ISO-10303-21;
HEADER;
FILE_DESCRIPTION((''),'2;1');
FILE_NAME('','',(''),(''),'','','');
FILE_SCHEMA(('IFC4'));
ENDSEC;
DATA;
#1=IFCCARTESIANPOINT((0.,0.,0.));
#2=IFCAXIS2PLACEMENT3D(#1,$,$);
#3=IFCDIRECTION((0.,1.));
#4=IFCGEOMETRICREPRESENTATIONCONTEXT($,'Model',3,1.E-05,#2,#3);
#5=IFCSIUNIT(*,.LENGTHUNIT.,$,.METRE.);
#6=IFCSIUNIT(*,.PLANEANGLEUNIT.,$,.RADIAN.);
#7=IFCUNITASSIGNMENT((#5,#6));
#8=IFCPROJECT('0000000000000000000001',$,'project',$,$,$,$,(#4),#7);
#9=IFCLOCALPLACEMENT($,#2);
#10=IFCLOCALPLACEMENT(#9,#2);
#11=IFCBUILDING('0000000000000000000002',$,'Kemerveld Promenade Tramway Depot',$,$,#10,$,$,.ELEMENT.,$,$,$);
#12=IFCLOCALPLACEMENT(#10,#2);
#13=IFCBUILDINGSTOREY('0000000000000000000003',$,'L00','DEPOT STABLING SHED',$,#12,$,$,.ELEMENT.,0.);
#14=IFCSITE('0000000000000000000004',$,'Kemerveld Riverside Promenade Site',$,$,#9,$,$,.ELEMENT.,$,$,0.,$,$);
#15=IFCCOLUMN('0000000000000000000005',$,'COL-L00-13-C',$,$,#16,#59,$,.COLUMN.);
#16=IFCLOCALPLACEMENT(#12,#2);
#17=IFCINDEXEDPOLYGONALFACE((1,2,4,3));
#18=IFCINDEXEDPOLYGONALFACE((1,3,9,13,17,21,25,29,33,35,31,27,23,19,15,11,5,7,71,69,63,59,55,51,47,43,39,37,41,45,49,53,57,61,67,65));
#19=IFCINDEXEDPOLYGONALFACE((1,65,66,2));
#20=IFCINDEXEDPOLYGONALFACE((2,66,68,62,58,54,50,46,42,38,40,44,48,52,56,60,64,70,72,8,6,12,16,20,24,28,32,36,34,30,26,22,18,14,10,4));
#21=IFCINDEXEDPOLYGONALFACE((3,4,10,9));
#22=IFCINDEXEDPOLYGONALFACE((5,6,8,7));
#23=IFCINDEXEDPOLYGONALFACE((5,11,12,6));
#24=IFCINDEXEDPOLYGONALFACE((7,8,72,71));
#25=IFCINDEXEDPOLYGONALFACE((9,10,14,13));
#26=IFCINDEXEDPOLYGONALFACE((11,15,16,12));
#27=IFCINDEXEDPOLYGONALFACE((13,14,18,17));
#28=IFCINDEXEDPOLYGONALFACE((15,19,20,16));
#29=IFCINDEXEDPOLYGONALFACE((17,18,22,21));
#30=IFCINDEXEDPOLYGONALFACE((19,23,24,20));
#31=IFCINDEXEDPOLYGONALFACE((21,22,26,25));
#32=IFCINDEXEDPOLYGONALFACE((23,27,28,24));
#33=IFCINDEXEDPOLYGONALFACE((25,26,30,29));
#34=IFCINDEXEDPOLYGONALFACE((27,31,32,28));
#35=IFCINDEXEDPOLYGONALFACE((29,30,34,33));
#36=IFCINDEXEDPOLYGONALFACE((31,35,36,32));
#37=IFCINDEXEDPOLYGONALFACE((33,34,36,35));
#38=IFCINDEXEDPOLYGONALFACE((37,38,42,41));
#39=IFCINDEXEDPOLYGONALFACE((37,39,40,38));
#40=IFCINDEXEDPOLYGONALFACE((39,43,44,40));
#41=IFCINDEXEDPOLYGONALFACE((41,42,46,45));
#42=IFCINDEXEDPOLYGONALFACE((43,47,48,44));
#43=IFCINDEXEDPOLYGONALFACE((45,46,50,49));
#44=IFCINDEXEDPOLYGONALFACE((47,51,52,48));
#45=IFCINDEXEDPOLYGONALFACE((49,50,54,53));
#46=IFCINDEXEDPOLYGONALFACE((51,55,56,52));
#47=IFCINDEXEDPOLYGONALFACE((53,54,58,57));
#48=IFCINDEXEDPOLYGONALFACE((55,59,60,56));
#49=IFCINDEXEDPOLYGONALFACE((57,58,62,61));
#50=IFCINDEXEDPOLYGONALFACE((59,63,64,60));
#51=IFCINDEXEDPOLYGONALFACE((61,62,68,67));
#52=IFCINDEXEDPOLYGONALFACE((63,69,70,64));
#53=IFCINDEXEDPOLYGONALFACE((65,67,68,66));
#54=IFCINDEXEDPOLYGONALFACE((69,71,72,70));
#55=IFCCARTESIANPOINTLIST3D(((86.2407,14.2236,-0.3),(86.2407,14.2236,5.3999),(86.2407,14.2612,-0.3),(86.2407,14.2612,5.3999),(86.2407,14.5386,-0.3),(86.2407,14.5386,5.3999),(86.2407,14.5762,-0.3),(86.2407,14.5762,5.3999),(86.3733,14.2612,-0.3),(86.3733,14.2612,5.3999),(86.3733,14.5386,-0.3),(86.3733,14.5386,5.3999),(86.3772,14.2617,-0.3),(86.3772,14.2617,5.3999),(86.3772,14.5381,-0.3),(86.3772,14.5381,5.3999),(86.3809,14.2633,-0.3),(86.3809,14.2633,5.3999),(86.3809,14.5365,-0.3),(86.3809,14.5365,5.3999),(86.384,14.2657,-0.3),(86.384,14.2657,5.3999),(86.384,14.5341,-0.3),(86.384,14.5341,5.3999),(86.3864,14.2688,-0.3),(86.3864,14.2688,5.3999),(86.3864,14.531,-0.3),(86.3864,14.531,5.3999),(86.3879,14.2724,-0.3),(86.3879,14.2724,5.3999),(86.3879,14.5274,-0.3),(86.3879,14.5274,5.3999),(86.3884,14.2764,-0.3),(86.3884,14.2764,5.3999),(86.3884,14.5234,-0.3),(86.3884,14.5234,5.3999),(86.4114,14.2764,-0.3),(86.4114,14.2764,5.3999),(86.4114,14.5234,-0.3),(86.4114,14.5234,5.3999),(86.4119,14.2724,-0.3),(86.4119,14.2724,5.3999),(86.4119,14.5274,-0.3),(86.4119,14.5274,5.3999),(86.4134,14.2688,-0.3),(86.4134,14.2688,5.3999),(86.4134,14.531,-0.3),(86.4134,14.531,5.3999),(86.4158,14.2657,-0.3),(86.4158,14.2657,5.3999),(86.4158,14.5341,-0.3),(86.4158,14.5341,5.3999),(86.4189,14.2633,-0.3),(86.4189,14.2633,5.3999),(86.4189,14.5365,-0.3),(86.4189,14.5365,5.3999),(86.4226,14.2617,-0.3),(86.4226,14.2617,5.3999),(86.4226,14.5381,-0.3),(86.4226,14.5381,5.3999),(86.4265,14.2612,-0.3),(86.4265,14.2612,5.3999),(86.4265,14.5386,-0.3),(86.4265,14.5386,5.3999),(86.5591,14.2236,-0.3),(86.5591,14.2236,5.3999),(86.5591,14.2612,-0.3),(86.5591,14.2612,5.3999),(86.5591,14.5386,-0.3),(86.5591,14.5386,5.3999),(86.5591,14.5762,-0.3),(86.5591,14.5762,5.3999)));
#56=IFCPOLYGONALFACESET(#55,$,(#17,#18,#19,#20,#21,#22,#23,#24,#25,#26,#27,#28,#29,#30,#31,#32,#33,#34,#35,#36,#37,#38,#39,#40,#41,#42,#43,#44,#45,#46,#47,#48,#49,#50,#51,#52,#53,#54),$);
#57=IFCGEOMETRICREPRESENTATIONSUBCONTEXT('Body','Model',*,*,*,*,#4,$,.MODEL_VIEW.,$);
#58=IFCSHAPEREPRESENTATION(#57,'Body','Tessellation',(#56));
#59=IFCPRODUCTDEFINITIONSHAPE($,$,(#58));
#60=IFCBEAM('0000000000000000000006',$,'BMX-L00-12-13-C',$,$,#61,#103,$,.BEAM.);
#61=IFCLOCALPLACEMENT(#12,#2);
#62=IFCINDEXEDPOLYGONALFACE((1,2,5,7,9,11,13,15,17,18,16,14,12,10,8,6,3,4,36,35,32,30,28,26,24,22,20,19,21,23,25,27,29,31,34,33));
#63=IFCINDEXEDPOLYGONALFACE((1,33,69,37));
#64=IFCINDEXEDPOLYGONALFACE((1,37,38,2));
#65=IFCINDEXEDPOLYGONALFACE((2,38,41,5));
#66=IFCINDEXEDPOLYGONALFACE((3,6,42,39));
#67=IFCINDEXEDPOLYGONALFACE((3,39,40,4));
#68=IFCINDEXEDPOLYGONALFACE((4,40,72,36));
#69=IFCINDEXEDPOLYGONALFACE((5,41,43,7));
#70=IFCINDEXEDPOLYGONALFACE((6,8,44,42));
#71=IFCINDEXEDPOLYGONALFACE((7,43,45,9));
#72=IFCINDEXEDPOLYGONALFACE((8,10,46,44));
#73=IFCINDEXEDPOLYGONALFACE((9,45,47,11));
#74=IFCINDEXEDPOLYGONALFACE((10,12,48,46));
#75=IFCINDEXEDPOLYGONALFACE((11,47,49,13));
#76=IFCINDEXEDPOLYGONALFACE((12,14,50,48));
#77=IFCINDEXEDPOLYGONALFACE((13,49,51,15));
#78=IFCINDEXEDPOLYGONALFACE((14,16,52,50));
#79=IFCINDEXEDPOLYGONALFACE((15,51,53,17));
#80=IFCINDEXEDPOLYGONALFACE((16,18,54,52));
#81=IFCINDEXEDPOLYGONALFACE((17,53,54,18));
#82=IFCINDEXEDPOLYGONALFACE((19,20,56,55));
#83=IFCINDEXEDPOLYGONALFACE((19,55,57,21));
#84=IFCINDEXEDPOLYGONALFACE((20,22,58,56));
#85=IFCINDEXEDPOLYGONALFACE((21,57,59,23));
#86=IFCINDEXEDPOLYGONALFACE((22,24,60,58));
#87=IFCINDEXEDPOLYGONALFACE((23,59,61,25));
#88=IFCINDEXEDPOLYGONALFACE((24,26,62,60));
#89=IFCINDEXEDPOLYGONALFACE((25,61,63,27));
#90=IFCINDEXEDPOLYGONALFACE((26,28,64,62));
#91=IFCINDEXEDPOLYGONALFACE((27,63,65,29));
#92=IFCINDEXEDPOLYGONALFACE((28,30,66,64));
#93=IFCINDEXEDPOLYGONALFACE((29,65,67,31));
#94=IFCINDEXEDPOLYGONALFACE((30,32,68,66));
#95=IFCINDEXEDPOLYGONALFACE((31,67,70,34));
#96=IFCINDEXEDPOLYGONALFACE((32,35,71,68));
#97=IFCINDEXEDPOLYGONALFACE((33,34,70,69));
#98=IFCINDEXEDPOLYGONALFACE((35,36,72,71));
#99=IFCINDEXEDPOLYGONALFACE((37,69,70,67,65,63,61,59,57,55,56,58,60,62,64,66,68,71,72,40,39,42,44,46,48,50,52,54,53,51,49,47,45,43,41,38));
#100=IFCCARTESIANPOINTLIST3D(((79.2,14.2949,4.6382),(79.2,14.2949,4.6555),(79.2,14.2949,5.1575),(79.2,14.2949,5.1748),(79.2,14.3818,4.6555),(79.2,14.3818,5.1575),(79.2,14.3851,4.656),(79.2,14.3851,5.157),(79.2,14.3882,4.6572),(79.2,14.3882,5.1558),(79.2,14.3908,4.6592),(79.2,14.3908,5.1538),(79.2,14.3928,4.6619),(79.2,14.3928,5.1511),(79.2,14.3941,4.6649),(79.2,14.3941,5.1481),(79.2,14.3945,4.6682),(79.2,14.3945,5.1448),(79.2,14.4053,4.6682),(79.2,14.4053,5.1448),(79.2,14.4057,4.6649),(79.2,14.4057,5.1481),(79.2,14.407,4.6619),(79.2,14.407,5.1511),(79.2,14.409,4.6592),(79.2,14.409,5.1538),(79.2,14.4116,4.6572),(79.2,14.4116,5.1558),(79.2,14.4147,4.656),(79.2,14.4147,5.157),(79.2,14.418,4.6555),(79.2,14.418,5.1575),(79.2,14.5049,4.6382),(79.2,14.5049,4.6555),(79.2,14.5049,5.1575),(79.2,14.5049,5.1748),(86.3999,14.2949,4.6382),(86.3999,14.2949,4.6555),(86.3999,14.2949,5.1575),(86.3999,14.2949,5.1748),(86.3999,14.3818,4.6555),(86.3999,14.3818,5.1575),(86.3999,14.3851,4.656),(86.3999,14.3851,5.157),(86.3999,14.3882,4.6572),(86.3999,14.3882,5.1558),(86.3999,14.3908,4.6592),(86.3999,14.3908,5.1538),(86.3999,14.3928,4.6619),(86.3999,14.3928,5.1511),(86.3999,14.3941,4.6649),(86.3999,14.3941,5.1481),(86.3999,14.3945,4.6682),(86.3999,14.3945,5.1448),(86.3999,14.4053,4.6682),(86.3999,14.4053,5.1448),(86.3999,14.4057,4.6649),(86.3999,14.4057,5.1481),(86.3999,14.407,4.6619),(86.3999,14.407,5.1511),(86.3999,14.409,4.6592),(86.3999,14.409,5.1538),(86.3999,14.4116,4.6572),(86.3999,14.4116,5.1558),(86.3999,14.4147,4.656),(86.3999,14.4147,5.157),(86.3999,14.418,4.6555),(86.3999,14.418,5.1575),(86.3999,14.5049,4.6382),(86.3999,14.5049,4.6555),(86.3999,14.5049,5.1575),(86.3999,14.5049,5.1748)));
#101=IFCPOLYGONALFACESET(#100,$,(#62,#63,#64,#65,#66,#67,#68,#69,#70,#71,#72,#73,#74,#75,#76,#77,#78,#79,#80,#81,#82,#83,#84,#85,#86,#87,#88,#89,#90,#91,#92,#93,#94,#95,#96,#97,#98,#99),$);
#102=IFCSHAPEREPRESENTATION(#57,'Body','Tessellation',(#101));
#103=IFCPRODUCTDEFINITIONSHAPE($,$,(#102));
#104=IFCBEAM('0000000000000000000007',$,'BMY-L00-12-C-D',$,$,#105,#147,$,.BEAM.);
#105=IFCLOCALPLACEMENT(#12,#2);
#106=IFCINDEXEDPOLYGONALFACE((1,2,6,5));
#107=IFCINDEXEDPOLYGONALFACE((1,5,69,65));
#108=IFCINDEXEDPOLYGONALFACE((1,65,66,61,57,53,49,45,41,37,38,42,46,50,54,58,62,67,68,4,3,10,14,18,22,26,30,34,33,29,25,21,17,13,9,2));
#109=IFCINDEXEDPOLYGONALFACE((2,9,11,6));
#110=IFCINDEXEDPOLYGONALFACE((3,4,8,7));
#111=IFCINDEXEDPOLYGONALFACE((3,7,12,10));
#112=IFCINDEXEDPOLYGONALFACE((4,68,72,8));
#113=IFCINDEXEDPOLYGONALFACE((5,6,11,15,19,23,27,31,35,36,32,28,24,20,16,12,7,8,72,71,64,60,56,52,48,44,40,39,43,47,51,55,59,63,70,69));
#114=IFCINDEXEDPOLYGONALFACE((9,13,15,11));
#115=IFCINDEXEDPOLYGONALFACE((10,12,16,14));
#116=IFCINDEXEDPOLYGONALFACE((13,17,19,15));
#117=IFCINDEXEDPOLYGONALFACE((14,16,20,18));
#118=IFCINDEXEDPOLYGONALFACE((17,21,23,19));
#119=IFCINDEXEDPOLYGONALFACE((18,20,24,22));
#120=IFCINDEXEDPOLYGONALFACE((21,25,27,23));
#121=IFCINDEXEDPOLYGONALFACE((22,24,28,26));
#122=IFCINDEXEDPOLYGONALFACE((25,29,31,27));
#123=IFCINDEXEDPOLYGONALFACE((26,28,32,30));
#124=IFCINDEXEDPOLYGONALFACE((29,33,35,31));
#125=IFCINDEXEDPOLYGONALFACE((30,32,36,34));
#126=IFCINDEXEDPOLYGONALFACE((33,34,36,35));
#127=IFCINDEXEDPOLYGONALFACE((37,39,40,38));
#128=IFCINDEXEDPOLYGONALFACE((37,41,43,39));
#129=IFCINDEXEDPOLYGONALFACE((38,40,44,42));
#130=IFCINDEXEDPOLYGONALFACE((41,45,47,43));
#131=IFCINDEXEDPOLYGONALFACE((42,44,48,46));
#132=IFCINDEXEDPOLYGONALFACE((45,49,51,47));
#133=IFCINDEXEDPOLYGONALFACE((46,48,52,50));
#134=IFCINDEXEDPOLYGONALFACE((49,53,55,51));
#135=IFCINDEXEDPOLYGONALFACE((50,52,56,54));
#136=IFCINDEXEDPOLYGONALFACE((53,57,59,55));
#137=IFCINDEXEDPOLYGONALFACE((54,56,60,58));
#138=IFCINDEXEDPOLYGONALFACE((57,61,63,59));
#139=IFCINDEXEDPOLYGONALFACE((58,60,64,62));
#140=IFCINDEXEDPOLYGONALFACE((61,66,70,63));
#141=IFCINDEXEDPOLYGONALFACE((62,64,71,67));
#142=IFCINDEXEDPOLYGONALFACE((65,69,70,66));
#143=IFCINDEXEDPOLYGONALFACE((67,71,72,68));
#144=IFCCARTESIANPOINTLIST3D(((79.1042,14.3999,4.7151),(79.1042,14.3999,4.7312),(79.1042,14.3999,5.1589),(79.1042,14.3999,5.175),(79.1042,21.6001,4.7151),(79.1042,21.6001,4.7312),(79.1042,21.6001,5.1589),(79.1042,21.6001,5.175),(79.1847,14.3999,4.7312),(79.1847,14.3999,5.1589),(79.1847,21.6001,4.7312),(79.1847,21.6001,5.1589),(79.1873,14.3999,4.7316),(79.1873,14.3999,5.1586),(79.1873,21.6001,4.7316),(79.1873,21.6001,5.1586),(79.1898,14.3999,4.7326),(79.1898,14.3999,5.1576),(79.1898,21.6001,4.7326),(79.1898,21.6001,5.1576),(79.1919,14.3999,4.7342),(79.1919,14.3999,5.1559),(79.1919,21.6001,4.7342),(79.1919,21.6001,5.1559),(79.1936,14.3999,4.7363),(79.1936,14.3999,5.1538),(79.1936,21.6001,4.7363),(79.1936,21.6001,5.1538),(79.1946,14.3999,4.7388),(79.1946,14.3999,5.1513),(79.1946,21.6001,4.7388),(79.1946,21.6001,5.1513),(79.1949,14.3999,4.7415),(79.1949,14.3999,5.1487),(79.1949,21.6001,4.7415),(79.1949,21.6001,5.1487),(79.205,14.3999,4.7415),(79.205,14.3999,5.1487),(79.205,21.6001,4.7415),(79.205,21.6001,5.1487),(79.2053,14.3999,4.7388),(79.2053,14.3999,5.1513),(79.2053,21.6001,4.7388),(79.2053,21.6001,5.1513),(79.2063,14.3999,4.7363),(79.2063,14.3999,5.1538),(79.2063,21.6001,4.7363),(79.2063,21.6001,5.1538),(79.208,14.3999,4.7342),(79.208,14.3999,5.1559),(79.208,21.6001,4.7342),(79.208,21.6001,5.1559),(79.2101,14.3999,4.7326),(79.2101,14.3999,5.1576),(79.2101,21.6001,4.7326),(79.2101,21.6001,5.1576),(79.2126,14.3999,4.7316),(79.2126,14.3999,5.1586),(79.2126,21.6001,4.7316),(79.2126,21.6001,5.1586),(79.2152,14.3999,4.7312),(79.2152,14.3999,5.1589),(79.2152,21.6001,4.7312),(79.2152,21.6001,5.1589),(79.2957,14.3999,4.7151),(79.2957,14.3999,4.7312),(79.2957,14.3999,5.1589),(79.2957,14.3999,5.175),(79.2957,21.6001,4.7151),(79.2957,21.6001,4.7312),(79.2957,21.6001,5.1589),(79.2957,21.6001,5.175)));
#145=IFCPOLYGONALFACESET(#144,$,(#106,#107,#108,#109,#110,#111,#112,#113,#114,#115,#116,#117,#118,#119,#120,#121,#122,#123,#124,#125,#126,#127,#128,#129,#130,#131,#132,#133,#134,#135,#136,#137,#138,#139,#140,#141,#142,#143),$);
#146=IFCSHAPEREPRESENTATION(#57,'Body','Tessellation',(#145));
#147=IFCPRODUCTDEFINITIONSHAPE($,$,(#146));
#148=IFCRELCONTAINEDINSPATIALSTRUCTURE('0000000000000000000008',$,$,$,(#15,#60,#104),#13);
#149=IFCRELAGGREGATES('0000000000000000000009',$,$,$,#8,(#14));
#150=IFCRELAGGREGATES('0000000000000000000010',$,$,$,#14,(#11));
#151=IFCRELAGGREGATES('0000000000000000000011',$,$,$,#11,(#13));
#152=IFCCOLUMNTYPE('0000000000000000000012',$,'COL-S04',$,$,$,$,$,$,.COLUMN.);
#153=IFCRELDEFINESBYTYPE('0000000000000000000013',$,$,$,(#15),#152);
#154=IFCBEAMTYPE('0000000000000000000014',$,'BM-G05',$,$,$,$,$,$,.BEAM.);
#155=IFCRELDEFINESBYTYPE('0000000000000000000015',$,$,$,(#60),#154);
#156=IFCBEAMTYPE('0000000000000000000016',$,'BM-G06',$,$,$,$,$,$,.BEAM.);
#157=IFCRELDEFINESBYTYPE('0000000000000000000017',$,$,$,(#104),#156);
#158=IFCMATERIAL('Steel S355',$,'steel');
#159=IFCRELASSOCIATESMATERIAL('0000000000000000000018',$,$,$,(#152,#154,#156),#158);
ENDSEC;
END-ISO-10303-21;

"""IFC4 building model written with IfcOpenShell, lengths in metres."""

from ifc_helpers import new_model, si_unit, direction, frame, origin, origin_2d, place, context, subcontext, project, spatial, i_section, extrude, material, material_profile, profile_set, type_object, element, save


model = new_model("IFC4")

# Units and contexts
model_context = context("Model", 3, precision=1e-05, world=origin(), true_north=direction((0.0, 1.0)))
body_context = subcontext(model_context, "Body", "Model", "MODEL_VIEW")
ifc_project = project(units=[si_unit("LENGTHUNIT", "METRE"), si_unit("PLANEANGLEUNIT", "RADIAN")], contexts=[model_context])

# Site, building, storey
site_placement = place(None, origin())
site = spatial("IfcSite", under=ifc_project, at=site_placement, Name="Kemerveld Riverside Promenade Site", CompositionType="ELEMENT", RefElevation=0.0)
building_placement = place(site_placement, origin())
building = spatial("IfcBuilding", under=site, at=building_placement, Name="Kemerveld Promenade Tramway Depot", CompositionType="ELEMENT")
storey_placement = place(building_placement, origin())
storey = spatial("IfcBuildingStorey", under=building, at=storey_placement, Name="L00", Description="DEPOT STABLING SHED", CompositionType="ELEMENT", Elevation=0.0)

# Column
ifc_material_1 = material(Name="Steel S355", Category="steel")
ifc_material_profile_1 = material_profile(ifc_material_1, i_section(OverallWidth=0.3184, OverallDepth=0.3525, WebThickness=0.0229, FlangeThickness=0.0376, FilletRadius=0.0151, at=origin_2d()), Name="305x305x240 UC")
ifc_profile_set_1 = profile_set([ifc_material_profile_1], Name="Steel S355")
column_type = type_object("IfcColumnType", Name="COL-S04", PredefinedType="COLUMN", material=ifc_profile_set_1)
for number, where, z_axis, x_axis, name in (
    (1, (86.3999, 14.3999, -0.3), (0.0, 0.0, 1.0), (1.0, 0.0, 0.0), "COL-L00-13-C"),
):
    element("IfcColumn", number, at=place(storey_placement, frame(where, z_axis=z_axis, x_axis=x_axis)), inside=storey, type_object=column_type, Name=name, PredefinedType="COLUMN", context=body_context, shape_type="SweptSolid", body=[
        extrude(i_section(OverallWidth=0.3184, OverallDepth=0.3525, WebThickness=0.0229, FlangeThickness=0.0376, FilletRadius=0.0151, at=origin_2d()), origin(), (0.0, 0.0, 1.0), 5.7),
    ])

# Beams
ifc_material_profile_2 = material_profile(ifc_material_1, i_section(OverallWidth=0.21, OverallDepth=0.5366, WebThickness=0.0107, FlangeThickness=0.0173, FilletRadius=0.0127, at=origin_2d()), Name="533x210x101 UB")
ifc_profile_set_2 = profile_set([ifc_material_profile_2], Name="Steel S355")
beam_type_1 = type_object("IfcBeamType", Name="BM-G05", PredefinedType="BEAM", material=ifc_profile_set_2)
beam_1_placement = place(storey_placement, frame((79.2, 14.3999, 4.9065), z_axis=(1.0, 0.0, 0.0), x_axis=(0.0, 1.0, 0.0)))
element("IfcBeam", 2, at=beam_1_placement, inside=storey, type_object=beam_type_1, Name="BMX-L00-12-13-C", PredefinedType="BEAM", context=body_context, shape_type="SweptSolid", body=[
    extrude(i_section(OverallWidth=0.21, OverallDepth=0.5366, WebThickness=0.0107, FlangeThickness=0.0173, FilletRadius=0.0127, at=origin_2d()), origin(), (0.0, 0.0, 1.0), 7.2),
])
ifc_material_profile_3 = material_profile(ifc_material_1, i_section(OverallWidth=0.1914, OverallDepth=0.46, WebThickness=0.01, FlangeThickness=0.0161, FilletRadius=0.0103, at=origin_2d()), Name="457x191x82 UB")
ifc_profile_set_3 = profile_set([ifc_material_profile_3], Name="Steel S355")
beam_type_2 = type_object("IfcBeamType", Name="BM-G06", PredefinedType="BEAM", material=ifc_profile_set_3)
beam_2_placement = place(storey_placement, frame((79.2, 14.3999, 4.9451), z_axis=(0.0, 1.0, 0.0), x_axis=(-1.0, 0.0, 0.0)))
element("IfcBeam", 3, at=beam_2_placement, inside=storey, type_object=beam_type_2, Name="BMY-L00-12-C-D", PredefinedType="BEAM", context=body_context, shape_type="SweptSolid", body=[
    extrude(i_section(OverallWidth=0.1914, OverallDepth=0.46, WebThickness=0.01, FlangeThickness=0.0161, FilletRadius=0.0103, at=origin_2d()), origin(), (0.0, 0.0, 1.0), 7.2002),
])

save(model, "model.ifc")
